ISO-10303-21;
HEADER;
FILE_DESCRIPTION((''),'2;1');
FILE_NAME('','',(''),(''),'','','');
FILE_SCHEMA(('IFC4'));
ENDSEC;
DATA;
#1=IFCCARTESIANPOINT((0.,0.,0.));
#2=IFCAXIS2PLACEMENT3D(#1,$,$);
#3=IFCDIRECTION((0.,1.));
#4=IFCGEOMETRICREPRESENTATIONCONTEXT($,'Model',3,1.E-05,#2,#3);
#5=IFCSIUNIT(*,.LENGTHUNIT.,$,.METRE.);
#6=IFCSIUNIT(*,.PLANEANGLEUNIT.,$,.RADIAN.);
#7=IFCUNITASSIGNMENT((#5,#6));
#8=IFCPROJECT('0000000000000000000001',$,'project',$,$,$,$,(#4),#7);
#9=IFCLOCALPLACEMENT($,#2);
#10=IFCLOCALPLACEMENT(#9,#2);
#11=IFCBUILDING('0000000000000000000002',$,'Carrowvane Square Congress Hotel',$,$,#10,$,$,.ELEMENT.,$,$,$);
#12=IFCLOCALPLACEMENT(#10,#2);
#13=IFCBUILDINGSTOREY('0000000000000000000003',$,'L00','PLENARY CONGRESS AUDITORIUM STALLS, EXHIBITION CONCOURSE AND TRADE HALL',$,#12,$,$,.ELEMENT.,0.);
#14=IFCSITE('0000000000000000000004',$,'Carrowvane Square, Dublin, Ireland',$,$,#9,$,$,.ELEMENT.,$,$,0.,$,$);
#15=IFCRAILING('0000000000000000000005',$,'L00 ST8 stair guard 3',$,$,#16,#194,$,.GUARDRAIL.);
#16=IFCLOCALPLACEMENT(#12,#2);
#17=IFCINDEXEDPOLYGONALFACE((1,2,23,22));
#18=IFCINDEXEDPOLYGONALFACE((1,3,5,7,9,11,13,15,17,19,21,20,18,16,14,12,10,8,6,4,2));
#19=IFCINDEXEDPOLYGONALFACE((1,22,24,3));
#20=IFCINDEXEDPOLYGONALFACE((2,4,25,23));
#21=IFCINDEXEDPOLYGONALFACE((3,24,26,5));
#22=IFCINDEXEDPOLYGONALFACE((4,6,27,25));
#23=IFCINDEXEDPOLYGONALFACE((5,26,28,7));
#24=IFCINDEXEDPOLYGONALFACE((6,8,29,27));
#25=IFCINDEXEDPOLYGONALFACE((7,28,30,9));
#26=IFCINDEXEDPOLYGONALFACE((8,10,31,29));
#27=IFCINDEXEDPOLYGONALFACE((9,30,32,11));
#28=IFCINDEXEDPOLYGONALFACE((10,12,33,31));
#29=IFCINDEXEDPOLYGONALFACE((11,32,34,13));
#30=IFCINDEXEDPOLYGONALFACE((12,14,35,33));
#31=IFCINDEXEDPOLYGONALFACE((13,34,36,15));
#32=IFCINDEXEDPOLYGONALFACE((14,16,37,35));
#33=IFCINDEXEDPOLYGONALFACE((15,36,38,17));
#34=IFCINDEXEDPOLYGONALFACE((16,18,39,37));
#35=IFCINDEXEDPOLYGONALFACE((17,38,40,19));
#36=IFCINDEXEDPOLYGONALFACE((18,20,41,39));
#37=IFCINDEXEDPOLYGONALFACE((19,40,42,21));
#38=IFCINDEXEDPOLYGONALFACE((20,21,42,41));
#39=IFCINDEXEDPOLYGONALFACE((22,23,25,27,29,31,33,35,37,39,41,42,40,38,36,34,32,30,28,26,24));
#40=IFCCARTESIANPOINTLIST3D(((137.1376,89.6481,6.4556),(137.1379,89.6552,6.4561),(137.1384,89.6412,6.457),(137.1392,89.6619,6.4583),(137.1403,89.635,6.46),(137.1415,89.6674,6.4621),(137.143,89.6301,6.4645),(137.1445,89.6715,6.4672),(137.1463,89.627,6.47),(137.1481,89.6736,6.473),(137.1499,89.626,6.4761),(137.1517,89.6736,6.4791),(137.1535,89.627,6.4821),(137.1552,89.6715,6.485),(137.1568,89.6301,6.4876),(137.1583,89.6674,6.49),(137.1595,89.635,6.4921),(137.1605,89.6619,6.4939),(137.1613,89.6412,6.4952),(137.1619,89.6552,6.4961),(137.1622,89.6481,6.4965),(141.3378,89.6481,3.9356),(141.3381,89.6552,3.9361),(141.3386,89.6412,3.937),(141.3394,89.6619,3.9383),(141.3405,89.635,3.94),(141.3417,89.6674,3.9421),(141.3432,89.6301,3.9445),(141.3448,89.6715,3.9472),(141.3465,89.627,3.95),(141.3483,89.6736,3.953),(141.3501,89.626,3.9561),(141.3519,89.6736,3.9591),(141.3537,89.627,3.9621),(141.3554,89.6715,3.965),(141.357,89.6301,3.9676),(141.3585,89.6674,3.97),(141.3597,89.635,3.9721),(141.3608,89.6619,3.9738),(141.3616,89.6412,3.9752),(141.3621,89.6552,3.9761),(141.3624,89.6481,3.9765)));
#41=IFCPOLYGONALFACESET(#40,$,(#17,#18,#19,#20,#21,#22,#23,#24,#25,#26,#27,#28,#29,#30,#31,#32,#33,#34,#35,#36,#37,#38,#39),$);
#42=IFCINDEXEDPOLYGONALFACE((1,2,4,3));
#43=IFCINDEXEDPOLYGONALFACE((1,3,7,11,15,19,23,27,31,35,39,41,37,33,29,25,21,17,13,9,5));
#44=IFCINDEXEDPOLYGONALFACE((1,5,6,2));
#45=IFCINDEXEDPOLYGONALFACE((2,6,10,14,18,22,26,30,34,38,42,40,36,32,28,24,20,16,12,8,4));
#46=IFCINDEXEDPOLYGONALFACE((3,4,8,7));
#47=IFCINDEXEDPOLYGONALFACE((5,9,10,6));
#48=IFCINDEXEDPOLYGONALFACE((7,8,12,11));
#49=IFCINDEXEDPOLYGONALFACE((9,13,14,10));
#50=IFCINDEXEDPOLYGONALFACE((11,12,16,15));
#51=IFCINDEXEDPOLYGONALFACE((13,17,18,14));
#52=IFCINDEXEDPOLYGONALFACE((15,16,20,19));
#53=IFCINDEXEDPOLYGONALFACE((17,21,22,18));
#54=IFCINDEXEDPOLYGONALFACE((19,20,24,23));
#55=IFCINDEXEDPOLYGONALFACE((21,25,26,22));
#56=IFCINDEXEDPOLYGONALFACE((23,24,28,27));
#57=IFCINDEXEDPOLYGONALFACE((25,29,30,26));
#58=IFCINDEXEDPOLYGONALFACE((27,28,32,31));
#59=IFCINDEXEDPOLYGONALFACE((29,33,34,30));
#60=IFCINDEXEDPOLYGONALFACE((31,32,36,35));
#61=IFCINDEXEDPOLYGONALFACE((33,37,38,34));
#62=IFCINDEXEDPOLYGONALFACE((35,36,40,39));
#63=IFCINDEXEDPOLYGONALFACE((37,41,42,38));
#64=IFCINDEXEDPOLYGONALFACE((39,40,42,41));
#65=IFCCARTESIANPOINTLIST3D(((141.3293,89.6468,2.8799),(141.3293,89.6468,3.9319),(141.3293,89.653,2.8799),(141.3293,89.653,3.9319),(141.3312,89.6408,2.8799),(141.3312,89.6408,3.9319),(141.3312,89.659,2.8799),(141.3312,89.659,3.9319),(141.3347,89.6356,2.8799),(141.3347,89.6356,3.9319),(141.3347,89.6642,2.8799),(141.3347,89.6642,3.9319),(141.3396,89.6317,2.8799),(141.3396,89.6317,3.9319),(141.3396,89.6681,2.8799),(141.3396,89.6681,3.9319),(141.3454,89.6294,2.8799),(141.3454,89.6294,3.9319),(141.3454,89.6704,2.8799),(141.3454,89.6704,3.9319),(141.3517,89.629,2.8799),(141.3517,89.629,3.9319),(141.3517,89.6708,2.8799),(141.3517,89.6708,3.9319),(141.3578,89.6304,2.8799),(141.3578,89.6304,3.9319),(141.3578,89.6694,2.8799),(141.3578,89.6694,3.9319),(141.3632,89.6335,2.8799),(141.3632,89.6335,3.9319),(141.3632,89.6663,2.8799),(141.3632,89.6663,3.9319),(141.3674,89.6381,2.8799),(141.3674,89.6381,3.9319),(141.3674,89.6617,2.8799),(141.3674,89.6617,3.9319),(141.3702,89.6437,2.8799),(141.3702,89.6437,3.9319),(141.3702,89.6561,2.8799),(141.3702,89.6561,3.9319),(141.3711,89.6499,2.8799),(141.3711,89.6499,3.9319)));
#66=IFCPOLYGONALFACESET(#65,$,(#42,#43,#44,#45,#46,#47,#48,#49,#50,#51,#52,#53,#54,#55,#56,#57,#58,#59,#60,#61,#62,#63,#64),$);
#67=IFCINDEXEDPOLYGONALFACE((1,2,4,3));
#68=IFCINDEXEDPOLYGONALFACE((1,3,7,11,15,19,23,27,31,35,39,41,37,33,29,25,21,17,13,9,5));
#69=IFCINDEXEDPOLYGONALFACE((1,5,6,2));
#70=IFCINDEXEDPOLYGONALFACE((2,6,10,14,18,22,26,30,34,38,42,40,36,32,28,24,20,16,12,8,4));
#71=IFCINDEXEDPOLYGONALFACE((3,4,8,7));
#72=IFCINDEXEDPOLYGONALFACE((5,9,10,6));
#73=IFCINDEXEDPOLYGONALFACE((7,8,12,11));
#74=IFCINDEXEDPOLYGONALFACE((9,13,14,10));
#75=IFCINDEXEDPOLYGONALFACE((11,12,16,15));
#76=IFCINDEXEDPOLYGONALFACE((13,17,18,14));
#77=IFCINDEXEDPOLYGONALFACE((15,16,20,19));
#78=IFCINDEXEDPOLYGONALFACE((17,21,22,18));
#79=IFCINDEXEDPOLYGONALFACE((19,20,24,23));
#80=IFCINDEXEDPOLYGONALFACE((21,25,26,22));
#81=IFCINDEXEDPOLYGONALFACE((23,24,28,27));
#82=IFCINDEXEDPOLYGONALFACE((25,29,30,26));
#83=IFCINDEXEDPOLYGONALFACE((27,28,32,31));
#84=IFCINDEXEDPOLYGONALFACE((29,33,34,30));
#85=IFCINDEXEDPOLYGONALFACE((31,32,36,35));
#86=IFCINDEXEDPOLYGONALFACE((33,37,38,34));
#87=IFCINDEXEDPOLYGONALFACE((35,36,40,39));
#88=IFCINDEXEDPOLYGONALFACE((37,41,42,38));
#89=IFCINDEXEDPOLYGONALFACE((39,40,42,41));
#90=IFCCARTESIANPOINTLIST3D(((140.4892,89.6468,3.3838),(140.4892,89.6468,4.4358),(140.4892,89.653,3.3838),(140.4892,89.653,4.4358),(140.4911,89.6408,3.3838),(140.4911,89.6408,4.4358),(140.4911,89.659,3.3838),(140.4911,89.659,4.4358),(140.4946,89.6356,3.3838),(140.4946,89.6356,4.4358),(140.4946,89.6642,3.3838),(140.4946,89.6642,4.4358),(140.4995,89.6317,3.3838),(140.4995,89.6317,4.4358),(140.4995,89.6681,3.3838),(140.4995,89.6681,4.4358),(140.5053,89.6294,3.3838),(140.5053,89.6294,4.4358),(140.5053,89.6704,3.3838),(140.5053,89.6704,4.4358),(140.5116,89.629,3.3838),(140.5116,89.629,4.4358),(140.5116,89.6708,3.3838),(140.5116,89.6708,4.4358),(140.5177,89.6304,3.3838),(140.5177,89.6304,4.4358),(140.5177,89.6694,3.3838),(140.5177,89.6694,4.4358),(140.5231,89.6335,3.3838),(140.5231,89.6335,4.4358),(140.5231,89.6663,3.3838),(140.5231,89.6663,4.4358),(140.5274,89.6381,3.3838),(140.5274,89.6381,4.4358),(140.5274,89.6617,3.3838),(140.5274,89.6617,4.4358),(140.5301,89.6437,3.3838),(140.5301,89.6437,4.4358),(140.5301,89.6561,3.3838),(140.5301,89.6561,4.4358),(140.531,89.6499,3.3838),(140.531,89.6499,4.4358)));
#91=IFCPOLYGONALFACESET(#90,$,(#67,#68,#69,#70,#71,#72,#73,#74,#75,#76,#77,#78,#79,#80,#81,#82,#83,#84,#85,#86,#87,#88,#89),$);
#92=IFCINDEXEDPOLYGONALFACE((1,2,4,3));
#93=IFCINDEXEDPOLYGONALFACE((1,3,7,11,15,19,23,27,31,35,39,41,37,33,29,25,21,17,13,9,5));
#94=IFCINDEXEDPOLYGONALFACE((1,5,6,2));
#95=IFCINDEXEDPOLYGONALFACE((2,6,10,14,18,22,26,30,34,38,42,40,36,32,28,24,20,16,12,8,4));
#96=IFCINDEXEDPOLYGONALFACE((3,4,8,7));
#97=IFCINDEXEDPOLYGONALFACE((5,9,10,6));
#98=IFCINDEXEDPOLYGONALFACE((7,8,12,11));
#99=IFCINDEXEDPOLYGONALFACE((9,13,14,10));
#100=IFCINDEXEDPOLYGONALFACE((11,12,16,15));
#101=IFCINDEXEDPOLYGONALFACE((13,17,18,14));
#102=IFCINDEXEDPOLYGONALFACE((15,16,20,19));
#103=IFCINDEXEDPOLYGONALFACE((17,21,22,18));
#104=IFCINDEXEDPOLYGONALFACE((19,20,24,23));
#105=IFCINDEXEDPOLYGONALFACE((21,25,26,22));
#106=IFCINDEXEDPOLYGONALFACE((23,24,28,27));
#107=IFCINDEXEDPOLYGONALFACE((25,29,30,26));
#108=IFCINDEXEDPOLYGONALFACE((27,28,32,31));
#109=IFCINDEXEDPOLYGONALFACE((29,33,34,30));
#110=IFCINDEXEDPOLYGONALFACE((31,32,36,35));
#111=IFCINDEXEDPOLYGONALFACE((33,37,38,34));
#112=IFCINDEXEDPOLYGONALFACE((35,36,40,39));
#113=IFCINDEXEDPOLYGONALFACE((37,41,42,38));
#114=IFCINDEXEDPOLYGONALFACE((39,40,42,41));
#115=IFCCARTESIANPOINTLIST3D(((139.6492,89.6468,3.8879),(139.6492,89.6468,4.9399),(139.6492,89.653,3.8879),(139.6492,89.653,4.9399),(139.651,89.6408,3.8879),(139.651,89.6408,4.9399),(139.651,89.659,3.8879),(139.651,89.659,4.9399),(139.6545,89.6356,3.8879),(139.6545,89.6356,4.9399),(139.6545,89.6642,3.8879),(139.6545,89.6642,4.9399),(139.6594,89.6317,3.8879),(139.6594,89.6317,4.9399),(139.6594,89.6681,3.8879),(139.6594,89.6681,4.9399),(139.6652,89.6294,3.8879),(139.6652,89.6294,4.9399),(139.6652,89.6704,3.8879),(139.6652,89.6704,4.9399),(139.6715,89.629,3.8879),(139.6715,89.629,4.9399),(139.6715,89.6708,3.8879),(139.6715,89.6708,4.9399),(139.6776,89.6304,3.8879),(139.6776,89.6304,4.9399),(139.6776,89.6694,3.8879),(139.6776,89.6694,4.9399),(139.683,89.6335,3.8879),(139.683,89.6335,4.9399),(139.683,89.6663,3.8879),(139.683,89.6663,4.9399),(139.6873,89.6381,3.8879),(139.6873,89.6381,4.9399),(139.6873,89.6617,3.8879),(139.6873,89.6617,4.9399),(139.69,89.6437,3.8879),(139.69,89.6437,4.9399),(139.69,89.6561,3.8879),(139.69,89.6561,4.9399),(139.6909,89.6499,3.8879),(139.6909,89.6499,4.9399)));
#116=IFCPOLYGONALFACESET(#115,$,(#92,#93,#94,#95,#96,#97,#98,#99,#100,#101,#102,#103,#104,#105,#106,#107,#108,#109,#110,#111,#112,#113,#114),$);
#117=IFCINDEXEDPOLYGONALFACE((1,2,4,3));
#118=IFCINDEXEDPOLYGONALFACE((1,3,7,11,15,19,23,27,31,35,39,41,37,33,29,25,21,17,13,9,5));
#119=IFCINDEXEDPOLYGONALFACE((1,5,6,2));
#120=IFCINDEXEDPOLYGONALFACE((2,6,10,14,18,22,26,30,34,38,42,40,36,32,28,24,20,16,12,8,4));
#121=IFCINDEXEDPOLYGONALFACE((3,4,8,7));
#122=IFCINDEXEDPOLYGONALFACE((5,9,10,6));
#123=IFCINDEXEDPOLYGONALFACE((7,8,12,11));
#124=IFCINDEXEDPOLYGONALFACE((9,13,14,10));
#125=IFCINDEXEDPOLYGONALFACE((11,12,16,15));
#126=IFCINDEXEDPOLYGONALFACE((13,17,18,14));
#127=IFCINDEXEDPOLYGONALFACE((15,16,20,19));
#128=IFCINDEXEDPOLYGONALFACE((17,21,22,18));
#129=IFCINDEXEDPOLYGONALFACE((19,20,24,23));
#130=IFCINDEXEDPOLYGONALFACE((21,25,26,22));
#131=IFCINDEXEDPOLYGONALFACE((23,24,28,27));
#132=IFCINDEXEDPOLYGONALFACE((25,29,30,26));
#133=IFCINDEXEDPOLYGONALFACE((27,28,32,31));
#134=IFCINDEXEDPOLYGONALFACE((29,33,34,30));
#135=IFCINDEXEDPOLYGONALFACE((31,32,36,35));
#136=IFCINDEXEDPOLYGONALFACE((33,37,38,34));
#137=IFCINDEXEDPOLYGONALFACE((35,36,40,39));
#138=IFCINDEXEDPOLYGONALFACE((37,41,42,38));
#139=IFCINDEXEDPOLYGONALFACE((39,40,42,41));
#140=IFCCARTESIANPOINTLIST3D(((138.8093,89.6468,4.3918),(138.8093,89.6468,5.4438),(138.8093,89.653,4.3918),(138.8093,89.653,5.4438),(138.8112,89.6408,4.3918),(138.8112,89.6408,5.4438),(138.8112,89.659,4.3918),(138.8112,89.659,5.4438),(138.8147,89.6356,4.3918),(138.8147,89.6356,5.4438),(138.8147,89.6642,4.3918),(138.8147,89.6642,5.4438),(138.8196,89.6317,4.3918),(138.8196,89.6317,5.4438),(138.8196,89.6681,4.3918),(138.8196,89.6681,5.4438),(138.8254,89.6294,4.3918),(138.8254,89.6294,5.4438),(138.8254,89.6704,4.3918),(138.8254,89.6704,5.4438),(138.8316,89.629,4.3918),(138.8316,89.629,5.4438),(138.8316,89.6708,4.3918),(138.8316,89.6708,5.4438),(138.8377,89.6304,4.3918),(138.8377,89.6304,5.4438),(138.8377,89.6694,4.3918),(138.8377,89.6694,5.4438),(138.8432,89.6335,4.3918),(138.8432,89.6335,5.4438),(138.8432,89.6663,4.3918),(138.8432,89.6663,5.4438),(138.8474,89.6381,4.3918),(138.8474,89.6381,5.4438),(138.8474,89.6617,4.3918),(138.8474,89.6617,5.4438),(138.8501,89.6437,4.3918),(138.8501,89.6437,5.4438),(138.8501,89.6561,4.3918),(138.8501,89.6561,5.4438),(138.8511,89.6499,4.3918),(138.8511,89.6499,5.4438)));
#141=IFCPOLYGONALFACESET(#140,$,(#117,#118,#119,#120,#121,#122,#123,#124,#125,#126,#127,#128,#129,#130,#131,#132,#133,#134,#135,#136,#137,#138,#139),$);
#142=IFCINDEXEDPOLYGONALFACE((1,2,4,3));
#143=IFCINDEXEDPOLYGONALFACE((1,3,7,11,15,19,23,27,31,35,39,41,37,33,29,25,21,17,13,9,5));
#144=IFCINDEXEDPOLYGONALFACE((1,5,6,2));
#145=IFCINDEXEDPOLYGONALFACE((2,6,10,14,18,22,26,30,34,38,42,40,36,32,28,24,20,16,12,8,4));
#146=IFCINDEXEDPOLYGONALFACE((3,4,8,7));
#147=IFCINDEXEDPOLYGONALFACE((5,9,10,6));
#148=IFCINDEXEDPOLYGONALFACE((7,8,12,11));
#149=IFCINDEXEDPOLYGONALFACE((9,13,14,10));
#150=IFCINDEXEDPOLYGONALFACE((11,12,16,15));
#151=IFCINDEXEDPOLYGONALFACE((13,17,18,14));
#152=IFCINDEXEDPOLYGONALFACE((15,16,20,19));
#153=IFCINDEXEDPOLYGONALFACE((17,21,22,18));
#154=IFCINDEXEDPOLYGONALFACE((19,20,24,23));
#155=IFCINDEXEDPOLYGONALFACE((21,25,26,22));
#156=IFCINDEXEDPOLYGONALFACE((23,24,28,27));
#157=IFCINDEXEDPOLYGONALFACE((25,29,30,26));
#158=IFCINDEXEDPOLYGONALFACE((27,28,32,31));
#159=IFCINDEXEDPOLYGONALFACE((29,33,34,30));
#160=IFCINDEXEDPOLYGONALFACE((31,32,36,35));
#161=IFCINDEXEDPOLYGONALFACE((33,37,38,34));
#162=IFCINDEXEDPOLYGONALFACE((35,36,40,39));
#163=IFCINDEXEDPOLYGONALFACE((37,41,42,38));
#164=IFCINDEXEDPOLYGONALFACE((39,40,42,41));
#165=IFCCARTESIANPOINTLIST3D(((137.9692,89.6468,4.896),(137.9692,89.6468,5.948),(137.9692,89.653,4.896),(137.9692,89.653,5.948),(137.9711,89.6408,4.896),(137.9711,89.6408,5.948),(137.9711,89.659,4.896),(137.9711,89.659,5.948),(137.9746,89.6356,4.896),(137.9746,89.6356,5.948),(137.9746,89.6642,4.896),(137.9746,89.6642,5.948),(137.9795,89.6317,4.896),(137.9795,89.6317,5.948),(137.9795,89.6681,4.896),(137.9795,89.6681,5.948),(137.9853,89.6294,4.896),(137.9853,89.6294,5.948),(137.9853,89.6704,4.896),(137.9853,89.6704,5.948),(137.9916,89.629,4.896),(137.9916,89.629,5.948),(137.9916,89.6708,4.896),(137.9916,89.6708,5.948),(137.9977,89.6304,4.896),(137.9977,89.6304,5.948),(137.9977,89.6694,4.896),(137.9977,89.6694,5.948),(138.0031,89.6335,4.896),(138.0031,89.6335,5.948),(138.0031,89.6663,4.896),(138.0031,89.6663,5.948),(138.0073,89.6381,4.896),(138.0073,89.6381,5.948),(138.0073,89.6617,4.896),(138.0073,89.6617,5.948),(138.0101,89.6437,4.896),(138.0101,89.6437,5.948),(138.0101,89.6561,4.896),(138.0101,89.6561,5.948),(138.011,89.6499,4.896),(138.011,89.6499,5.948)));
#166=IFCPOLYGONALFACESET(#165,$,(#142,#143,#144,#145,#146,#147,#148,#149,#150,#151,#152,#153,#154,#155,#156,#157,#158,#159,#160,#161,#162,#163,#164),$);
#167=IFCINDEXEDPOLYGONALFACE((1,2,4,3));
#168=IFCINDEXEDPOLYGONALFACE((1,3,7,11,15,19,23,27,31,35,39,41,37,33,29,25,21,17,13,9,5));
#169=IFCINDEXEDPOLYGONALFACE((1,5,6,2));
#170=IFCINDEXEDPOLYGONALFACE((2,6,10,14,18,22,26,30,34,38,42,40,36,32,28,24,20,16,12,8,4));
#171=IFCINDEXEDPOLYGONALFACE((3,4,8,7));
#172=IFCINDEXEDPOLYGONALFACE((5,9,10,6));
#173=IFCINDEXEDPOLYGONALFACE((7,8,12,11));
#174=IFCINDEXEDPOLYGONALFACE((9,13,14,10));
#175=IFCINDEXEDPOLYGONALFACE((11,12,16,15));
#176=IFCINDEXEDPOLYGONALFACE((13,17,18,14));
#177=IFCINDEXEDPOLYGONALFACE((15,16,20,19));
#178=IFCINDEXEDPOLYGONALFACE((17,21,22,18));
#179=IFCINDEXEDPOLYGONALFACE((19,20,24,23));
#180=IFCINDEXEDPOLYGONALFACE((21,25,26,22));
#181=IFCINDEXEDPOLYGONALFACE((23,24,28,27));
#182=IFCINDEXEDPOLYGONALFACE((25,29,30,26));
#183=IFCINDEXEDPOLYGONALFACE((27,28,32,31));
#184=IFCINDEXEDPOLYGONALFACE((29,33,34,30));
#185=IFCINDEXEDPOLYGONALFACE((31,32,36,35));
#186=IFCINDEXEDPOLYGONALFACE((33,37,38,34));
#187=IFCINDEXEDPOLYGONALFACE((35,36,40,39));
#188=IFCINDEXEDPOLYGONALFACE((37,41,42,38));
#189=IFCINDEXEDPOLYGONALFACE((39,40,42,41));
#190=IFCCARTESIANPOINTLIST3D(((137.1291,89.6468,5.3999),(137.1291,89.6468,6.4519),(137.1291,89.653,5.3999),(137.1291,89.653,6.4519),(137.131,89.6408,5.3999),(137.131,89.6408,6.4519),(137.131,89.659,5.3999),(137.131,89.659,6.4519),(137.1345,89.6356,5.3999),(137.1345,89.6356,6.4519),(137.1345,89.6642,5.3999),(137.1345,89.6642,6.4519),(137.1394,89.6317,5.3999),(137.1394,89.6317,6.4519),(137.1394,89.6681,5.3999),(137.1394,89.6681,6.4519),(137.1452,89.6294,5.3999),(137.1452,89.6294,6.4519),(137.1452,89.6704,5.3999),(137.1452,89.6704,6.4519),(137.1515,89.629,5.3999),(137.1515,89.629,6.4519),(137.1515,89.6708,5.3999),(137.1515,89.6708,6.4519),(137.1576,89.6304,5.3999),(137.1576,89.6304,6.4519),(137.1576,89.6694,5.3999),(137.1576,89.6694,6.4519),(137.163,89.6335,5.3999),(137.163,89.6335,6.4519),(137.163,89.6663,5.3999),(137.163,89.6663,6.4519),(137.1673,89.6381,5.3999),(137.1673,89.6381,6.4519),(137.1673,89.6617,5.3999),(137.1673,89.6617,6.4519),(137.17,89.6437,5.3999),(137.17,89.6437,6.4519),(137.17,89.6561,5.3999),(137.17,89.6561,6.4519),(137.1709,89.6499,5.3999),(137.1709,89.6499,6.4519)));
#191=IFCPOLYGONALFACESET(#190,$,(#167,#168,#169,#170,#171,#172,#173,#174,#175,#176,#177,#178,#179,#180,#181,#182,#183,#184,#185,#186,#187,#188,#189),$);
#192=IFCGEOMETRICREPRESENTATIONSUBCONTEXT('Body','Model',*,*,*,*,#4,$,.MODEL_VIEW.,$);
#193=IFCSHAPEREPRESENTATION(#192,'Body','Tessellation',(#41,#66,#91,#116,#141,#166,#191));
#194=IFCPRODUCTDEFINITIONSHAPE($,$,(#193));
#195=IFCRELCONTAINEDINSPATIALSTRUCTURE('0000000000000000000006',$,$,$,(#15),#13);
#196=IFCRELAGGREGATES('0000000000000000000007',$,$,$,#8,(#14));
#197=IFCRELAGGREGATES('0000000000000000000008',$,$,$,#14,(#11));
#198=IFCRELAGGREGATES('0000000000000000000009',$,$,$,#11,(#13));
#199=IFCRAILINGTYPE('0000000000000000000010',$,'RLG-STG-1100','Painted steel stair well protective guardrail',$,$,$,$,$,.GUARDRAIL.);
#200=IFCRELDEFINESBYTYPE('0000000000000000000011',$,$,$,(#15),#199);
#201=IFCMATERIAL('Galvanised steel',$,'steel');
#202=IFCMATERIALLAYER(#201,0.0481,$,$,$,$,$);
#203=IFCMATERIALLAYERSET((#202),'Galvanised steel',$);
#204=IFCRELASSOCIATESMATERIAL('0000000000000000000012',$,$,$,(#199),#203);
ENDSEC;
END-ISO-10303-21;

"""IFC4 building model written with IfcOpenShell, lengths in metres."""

from ifc_helpers import new_model, si_unit, direction, frame, origin, origin_2d, place, context, subcontext, project, spatial, circle, extrude, material, layer, layer_set, type_object, element, save


model = new_model("IFC4")

# Units and contexts
model_context = context("Model", 3, precision=1e-05, world=origin(), true_north=direction((0.0, 1.0)))
body_context = subcontext(model_context, "Body", "Model", "MODEL_VIEW")
ifc_project = project(units=[si_unit("LENGTHUNIT", "METRE"), si_unit("PLANEANGLEUNIT", "RADIAN")], contexts=[model_context])

# Site, building, storey
site_placement = place(None, origin())
site = spatial("IfcSite", under=ifc_project, at=site_placement, Name="Carrowvane Square, Dublin, Ireland", CompositionType="ELEMENT", RefElevation=0.0)
building_placement = place(site_placement, origin())
building = spatial("IfcBuilding", under=site, at=building_placement, Name="Carrowvane Square Congress Hotel", CompositionType="ELEMENT")
storey_placement = place(building_placement, origin())
storey = spatial("IfcBuildingStorey", under=building, at=storey_placement, Name="L00", Description="PLENARY CONGRESS AUDITORIUM STALLS, EXHIBITION CONCOURSE AND TRADE HALL", CompositionType="ELEMENT", Elevation=0.0)

# Railing
ifc_material_1 = material(Name="Galvanised steel", Category="steel")
ifc_layer_1 = layer(ifc_material_1, 0.0481)
ifc_layer_set_1 = layer_set([ifc_layer_1], Name="Galvanised steel")
railing_type_1 = type_object("IfcRailingType", Name="RLG-STG-1100", Description="Painted steel stair well protective guardrail", PredefinedType="GUARDRAIL", material=ifc_layer_set_1)
railing_1_placement = place(storey_placement, frame((141.3501, 89.6499, 2.8799)))
element("IfcRailing", 1, at=railing_1_placement, inside=storey, type_object=railing_type_1, Name="L00 ST8 stair guard 3", PredefinedType="GUARDRAIL", context=body_context, shape_type="SweptSolid", body=[
    extrude(circle(Radius=0.0239, at=origin_2d()), frame((0.0, 0.0, 1.0762), z_axis=(-0.857502, 0.0, 0.514481), x_axis=(0.0, -1.0, 0.0)), (0.0, 0.0, 1.0), 4.8982),
    extrude(circle(Radius=0.021, at=origin_2d()), origin(), (0.0, 0.0, 1.0), 1.052),
    extrude(circle(Radius=0.021, at=origin_2d()), frame((-0.8401, 0.0, 0.5039)), (0.0, 0.0, 1.0), 1.052),
    extrude(circle(Radius=0.021, at=origin_2d()), frame((-1.6802, 0.0, 1.0081)), (0.0, 0.0, 1.0), 1.052),
    extrude(circle(Radius=0.021, at=origin_2d()), frame((-2.52, 0.0, 1.512)), (0.0, 0.0, 1.0), 1.052),
    extrude(circle(Radius=0.021, at=origin_2d()), frame((-3.3601, 0.0, 2.0161)), (0.0, 0.0, 1.0), 1.052),
    extrude(circle(Radius=0.021, at=origin_2d()), frame((-4.2002, 0.0, 2.52)), (0.0, 0.0, 1.0), 1.052),
])

save(model, "model.ifc")
